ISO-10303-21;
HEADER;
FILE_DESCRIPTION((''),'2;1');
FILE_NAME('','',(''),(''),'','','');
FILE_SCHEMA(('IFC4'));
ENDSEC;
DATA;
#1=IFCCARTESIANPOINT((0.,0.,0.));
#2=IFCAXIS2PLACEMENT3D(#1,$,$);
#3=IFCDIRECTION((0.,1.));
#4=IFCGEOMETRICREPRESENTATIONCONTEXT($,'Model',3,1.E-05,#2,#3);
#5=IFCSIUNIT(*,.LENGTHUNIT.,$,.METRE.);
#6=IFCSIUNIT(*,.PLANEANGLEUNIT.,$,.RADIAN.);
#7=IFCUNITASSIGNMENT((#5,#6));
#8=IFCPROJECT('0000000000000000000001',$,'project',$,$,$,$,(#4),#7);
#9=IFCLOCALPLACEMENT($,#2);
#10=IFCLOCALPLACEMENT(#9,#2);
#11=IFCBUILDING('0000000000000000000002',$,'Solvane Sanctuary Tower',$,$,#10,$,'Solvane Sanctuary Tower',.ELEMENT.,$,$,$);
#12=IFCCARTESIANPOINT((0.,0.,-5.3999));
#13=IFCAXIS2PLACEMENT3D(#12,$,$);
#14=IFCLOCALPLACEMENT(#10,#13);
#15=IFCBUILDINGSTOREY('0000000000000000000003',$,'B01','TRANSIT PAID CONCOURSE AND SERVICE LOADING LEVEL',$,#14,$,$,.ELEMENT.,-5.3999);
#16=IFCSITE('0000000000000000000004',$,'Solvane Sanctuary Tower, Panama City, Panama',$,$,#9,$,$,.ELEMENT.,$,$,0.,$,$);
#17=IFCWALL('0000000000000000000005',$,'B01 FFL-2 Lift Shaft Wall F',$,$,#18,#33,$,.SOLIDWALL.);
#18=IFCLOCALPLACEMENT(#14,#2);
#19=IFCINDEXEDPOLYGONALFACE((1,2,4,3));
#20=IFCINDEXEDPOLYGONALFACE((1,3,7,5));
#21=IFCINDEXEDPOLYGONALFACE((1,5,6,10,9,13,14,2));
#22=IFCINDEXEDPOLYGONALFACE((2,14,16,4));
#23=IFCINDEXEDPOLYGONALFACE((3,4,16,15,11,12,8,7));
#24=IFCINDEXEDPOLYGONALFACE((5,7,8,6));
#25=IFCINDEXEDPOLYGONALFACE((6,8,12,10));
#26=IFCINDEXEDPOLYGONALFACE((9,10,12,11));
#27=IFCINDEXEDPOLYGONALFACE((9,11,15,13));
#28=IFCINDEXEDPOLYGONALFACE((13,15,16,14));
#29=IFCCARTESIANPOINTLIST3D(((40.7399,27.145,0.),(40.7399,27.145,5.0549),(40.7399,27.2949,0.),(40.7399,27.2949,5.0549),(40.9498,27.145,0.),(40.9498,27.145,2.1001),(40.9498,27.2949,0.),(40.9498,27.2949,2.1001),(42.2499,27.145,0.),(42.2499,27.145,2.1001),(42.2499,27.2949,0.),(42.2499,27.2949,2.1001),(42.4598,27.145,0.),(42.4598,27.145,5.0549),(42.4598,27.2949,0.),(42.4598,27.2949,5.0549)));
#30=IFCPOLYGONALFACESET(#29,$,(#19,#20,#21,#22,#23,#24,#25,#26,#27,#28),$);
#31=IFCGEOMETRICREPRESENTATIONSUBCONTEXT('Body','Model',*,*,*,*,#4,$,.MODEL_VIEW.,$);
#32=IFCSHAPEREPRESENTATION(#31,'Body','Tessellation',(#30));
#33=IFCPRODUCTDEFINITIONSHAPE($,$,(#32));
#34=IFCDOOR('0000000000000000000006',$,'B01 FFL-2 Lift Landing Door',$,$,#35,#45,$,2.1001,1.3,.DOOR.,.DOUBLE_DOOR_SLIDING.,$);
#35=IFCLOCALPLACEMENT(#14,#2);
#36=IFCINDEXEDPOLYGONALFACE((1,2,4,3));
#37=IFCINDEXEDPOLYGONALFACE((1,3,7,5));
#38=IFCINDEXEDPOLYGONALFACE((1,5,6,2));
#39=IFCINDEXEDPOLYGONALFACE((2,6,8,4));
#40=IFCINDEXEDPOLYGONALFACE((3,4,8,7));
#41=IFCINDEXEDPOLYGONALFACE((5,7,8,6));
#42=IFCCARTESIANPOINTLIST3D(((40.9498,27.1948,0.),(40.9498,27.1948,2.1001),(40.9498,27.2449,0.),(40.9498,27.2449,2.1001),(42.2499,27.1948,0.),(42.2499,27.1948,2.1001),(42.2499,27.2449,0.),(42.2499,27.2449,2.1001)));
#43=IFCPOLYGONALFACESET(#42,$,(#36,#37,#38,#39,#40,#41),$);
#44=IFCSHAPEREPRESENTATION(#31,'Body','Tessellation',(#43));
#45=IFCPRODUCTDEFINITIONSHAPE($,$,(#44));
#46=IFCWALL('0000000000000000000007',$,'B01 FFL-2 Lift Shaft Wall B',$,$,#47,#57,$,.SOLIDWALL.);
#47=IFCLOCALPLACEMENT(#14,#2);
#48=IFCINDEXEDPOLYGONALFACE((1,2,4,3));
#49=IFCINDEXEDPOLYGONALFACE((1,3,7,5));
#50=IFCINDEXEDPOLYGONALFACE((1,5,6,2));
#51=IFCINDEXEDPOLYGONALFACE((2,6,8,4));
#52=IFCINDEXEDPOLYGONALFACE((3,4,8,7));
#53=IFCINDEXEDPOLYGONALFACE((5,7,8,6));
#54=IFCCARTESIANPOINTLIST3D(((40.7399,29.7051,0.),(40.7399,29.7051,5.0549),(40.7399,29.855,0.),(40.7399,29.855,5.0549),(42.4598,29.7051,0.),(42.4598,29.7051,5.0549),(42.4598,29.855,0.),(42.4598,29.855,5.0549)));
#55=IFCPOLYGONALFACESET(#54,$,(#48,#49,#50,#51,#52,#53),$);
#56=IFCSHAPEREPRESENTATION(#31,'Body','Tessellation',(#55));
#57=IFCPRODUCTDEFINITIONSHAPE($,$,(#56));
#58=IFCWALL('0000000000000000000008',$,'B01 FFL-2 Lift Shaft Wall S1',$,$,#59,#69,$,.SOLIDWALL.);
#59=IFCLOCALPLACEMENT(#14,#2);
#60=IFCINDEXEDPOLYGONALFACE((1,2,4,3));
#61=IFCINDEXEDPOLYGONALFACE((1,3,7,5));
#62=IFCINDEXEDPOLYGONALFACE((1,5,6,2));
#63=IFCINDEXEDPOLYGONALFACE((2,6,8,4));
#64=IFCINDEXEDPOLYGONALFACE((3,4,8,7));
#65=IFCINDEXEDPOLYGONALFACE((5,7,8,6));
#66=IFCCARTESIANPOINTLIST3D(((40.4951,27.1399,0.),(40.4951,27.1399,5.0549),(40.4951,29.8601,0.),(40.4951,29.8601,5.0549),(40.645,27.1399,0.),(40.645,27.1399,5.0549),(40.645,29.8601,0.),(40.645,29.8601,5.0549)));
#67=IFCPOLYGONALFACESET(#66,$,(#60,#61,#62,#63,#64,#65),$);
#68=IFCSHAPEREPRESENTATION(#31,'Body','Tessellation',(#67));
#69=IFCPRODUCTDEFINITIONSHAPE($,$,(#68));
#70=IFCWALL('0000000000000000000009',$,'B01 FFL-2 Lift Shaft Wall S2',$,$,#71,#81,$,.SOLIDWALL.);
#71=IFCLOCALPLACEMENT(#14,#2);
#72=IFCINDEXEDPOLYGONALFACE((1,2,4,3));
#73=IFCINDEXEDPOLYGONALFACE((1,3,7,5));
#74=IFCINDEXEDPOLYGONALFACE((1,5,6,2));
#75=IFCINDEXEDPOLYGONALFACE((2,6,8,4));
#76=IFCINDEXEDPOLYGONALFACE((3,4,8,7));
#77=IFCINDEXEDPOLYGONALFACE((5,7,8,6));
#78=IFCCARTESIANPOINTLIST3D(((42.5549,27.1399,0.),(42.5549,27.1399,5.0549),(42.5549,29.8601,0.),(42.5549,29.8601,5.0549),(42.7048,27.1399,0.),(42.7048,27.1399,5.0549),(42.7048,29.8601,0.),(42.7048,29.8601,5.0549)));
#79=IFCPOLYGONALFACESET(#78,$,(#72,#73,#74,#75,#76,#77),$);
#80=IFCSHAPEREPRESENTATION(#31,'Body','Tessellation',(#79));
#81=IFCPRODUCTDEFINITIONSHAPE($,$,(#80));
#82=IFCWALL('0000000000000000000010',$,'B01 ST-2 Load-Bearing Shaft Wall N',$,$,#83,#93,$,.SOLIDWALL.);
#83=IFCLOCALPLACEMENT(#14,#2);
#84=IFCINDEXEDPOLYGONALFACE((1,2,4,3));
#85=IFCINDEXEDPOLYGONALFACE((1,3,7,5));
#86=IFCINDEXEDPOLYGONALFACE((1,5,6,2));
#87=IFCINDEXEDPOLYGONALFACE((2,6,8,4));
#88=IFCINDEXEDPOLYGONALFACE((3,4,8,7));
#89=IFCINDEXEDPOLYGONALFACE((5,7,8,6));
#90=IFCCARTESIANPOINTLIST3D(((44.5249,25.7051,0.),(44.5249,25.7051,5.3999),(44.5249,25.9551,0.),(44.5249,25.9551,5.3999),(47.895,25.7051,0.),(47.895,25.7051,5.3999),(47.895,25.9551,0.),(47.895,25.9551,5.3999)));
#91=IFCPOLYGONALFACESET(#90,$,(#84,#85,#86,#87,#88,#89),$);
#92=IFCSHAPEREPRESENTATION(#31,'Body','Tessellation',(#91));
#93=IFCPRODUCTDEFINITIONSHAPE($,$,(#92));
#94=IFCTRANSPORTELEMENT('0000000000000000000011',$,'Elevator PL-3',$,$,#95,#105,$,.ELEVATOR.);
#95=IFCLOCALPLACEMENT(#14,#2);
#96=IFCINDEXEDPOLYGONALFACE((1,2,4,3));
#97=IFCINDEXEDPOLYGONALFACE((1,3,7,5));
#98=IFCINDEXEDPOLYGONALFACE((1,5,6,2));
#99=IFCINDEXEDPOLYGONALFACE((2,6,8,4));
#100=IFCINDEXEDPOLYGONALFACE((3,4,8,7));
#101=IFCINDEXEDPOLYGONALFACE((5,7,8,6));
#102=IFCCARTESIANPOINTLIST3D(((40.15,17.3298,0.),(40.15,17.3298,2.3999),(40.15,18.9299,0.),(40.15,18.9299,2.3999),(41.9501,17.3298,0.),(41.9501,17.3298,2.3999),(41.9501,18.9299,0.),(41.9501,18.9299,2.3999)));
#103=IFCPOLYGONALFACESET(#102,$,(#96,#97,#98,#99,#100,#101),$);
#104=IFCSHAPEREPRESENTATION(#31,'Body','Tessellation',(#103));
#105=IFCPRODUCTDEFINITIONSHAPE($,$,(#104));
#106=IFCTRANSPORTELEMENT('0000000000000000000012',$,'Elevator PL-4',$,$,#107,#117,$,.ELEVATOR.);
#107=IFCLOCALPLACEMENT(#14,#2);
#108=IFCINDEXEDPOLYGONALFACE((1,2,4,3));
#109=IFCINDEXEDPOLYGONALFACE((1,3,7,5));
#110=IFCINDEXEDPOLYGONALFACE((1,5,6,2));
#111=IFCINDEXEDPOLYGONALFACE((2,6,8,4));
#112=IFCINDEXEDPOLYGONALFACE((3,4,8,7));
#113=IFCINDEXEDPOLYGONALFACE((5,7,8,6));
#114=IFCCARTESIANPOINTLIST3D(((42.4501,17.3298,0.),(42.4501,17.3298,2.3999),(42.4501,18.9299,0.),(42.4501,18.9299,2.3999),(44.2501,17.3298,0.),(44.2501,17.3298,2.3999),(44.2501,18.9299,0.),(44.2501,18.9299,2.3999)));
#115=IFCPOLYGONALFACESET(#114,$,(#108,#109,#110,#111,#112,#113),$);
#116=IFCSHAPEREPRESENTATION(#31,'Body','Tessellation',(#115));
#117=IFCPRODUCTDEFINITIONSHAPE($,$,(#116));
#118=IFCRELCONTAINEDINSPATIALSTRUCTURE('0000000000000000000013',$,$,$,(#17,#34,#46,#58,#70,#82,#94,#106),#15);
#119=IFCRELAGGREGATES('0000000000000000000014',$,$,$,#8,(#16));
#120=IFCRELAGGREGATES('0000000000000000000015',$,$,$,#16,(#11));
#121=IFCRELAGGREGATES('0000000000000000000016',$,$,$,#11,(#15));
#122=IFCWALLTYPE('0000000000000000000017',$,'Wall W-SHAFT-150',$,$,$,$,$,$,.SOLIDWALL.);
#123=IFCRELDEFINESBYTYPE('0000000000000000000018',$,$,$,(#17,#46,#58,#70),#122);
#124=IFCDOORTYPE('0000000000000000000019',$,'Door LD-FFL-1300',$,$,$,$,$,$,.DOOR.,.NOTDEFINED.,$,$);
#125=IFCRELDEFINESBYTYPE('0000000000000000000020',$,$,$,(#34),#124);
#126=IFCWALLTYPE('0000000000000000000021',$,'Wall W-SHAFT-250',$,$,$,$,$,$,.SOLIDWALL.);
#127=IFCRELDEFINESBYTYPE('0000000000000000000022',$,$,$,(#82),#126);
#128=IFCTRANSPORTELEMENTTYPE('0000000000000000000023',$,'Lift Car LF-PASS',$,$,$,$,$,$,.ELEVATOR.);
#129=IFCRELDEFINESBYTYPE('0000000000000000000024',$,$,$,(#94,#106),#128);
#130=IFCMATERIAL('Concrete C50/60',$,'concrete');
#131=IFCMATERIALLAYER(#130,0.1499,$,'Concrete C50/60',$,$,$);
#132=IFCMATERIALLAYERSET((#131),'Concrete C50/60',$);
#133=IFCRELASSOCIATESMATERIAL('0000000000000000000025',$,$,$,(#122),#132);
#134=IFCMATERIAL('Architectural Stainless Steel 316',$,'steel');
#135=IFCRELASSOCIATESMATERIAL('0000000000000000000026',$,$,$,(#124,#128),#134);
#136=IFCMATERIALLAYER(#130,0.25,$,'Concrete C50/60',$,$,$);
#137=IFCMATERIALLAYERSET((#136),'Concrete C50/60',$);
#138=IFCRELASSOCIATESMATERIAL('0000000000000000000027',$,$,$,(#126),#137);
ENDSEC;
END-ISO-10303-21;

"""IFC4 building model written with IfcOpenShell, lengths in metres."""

from ifc_helpers import new_model, si_unit, direction, frame, frame_2d, origin, origin_2d, place, context, subcontext, project, spatial, rectangle, extrude, material, layer, layer_set, type_object, element, fill, save


model = new_model("IFC4")

# Units and contexts
model_context = context("Model", 3, precision=1e-05, world=origin(), true_north=direction((0.0, 1.0)))
body_context = subcontext(model_context, "Body", "Model", "MODEL_VIEW")
ifc_project = project(units=[si_unit("LENGTHUNIT", "METRE"), si_unit("PLANEANGLEUNIT", "RADIAN")], contexts=[model_context])

# Site, building, storey
site_placement = place(None, origin())
site = spatial("IfcSite", under=ifc_project, at=site_placement, Name="Solvane Sanctuary Tower, Panama City, Panama", CompositionType="ELEMENT", RefElevation=0.0)
building_placement = place(site_placement, origin())
building = spatial("IfcBuilding", under=site, at=building_placement, Name="Solvane Sanctuary Tower", LongName="Solvane Sanctuary Tower", CompositionType="ELEMENT")
storey_placement = place(building_placement, frame((0.0, 0.0, -5.3999)))
storey = spatial("IfcBuildingStorey", under=building, at=storey_placement, Name="B01", Description="TRANSIT PAID CONCOURSE AND SERVICE LOADING LEVEL", CompositionType="ELEMENT", Elevation=-5.3999)

# Shared definitions
ifc_material_1 = material(Name="Architectural Stainless Steel 316", Category="steel")

# Shared definitions
ifc_material_2 = material(Name="Concrete C50/60", Category="concrete")
ifc_layer_1 = layer(ifc_material_2, 0.1499, Name="Concrete C50/60")
ifc_layer_set_1 = layer_set([ifc_layer_1], Name="Concrete C50/60")
wall_type_1 = type_object("IfcWallType", Name="Wall W-SHAFT-150", PredefinedType="SOLIDWALL", material=ifc_layer_set_1)

# Wall, opening, door
wall_1_placement = place(storey_placement, frame((40.74, 27.22, 0.0), z_axis=(0.0, 0.0, 1.0), x_axis=(1.0, 0.0, 0.0)))
wall_1 = element("IfcWall", 1, at=wall_1_placement, inside=storey, type_object=wall_type_1, Name="B01 FFL-2 Lift Shaft Wall F", PredefinedType="SOLIDWALL", context=body_context, shape_type="SweptSolid", body=[
    extrude(rectangle(XDim=1.72, YDim=0.1499, at=frame_2d((0.8599, 0.0))), origin(), (0.0, 0.0, 1.0), 5.0549),
])
opening_1_placement = place(wall_1_placement, frame((0.21, 0.0, 0.0)))
opening_1 = element("IfcOpeningElement", 2, at=opening_1_placement, cuts=wall_1, PredefinedType="OPENING", context=body_context, shape_type="SweptSolid", body=[
    extrude(rectangle(XDim=1.3, YDim=2.1001, at=frame_2d((0.6499, 1.05))), frame((0.0, 0.085, 0.0), z_axis=(0.0, -1.0, 0.0), x_axis=(1.0, 0.0, 0.0)), (0.0, 0.0, 1.0), 0.1699),
])
door_type_1 = type_object("IfcDoorType", Name="Door LD-FFL-1300", OperationType="NOTDEFINED", PredefinedType="DOOR", material=ifc_material_1)
door_1_placement = place(opening_1_placement, origin())
door_1 = element("IfcDoor", 3, at=door_1_placement, inside=storey, type_object=door_type_1, Name="B01 FFL-2 Lift Landing Door", OperationType="DOUBLE_DOOR_SLIDING", OverallHeight=2.1001, OverallWidth=1.3, PredefinedType="DOOR", context=body_context, shape_type="SweptSolid", body=[
    extrude(rectangle(XDim=1.3, YDim=2.1001, at=frame_2d((0.6499, 1.05))), frame((0.0, 0.0249, 0.0), z_axis=(0.0, -1.0, 0.0), x_axis=(1.0, 0.0, 0.0)), (0.0, 0.0, 1.0), 0.05),
])
fill(opening_1, door_1)

# Walls
wall_2_placement = place(storey_placement, frame((40.74, 29.78, 0.0), z_axis=(0.0, 0.0, 1.0), x_axis=(1.0, 0.0, 0.0)))
element("IfcWall", 4, at=wall_2_placement, inside=storey, type_object=wall_type_1, Name="B01 FFL-2 Lift Shaft Wall B", PredefinedType="SOLIDWALL", context=body_context, shape_type="SweptSolid", body=[
    extrude(rectangle(XDim=1.72, YDim=0.1499, at=frame_2d((0.8599, 0.0))), origin(), (0.0, 0.0, 1.0), 5.0549),
])
for number, where, z_axis, x_axis, name in (
    (5, (40.5701, 27.1399, 0.0), (0.0, 0.0, 1.0), (0.0, 1.0, 0.0), "B01 FFL-2 Lift Shaft Wall S1"),
    (6, (42.6299, 27.1399, 0.0), (0.0, 0.0, 1.0), (0.0, 1.0, 0.0), "B01 FFL-2 Lift Shaft Wall S2"),
):
    element("IfcWall", number, at=place(storey_placement, frame(where, z_axis=z_axis, x_axis=x_axis)), inside=storey, type_object=wall_type_1, Name=name, PredefinedType="SOLIDWALL", context=body_context, shape_type="SweptSolid", body=[
        extrude(rectangle(XDim=2.7202, YDim=0.1499, at=frame_2d((1.3601, 0.0))), origin(), (0.0, 0.0, 1.0), 5.0549),
    ])
ifc_layer_2 = layer(ifc_material_2, 0.25, Name="Concrete C50/60")
ifc_layer_set_2 = layer_set([ifc_layer_2], Name="Concrete C50/60")
wall_type_2 = type_object("IfcWallType", Name="Wall W-SHAFT-250", PredefinedType="SOLIDWALL", material=ifc_layer_set_2)
wall_3_placement = place(storey_placement, frame((44.5249, 25.8301, 0.0), z_axis=(0.0, 0.0, 1.0), x_axis=(1.0, 0.0, 0.0)))
element("IfcWall", 7, at=wall_3_placement, inside=storey, type_object=wall_type_2, Name="B01 ST-2 Load-Bearing Shaft Wall N", PredefinedType="SOLIDWALL", context=body_context, shape_type="SweptSolid", body=[
    extrude(rectangle(XDim=3.3701, YDim=0.25, at=frame_2d((1.6851, 0.0))), origin(), (0.0, 0.0, 1.0), 5.3999),
])

# Transport elements
transport_element_type = type_object("IfcTransportElementType", Name="Lift Car LF-PASS", PredefinedType="ELEVATOR", material=ifc_material_1)
for number, where, z_axis, x_axis, name in (
    (8, (41.05, 18.1299, 0.0), (0.0, 0.0, 1.0), (1.0, 0.0, 0.0), "Elevator PL-3"),
    (9, (43.3501, 18.1299, 0.0), (0.0, 0.0, 1.0), (1.0, 0.0, 0.0), "Elevator PL-4"),
):
    element("IfcTransportElement", number, at=place(storey_placement, frame(where, z_axis=z_axis, x_axis=x_axis)), inside=storey, type_object=transport_element_type, Name=name, PredefinedType="ELEVATOR", context=body_context, shape_type="SweptSolid", body=[
        extrude(rectangle(XDim=1.8, YDim=1.6001, at=origin_2d()), origin(), (0.0, 0.0, 1.0), 2.3999),
    ])

save(model, "model.ifc")
